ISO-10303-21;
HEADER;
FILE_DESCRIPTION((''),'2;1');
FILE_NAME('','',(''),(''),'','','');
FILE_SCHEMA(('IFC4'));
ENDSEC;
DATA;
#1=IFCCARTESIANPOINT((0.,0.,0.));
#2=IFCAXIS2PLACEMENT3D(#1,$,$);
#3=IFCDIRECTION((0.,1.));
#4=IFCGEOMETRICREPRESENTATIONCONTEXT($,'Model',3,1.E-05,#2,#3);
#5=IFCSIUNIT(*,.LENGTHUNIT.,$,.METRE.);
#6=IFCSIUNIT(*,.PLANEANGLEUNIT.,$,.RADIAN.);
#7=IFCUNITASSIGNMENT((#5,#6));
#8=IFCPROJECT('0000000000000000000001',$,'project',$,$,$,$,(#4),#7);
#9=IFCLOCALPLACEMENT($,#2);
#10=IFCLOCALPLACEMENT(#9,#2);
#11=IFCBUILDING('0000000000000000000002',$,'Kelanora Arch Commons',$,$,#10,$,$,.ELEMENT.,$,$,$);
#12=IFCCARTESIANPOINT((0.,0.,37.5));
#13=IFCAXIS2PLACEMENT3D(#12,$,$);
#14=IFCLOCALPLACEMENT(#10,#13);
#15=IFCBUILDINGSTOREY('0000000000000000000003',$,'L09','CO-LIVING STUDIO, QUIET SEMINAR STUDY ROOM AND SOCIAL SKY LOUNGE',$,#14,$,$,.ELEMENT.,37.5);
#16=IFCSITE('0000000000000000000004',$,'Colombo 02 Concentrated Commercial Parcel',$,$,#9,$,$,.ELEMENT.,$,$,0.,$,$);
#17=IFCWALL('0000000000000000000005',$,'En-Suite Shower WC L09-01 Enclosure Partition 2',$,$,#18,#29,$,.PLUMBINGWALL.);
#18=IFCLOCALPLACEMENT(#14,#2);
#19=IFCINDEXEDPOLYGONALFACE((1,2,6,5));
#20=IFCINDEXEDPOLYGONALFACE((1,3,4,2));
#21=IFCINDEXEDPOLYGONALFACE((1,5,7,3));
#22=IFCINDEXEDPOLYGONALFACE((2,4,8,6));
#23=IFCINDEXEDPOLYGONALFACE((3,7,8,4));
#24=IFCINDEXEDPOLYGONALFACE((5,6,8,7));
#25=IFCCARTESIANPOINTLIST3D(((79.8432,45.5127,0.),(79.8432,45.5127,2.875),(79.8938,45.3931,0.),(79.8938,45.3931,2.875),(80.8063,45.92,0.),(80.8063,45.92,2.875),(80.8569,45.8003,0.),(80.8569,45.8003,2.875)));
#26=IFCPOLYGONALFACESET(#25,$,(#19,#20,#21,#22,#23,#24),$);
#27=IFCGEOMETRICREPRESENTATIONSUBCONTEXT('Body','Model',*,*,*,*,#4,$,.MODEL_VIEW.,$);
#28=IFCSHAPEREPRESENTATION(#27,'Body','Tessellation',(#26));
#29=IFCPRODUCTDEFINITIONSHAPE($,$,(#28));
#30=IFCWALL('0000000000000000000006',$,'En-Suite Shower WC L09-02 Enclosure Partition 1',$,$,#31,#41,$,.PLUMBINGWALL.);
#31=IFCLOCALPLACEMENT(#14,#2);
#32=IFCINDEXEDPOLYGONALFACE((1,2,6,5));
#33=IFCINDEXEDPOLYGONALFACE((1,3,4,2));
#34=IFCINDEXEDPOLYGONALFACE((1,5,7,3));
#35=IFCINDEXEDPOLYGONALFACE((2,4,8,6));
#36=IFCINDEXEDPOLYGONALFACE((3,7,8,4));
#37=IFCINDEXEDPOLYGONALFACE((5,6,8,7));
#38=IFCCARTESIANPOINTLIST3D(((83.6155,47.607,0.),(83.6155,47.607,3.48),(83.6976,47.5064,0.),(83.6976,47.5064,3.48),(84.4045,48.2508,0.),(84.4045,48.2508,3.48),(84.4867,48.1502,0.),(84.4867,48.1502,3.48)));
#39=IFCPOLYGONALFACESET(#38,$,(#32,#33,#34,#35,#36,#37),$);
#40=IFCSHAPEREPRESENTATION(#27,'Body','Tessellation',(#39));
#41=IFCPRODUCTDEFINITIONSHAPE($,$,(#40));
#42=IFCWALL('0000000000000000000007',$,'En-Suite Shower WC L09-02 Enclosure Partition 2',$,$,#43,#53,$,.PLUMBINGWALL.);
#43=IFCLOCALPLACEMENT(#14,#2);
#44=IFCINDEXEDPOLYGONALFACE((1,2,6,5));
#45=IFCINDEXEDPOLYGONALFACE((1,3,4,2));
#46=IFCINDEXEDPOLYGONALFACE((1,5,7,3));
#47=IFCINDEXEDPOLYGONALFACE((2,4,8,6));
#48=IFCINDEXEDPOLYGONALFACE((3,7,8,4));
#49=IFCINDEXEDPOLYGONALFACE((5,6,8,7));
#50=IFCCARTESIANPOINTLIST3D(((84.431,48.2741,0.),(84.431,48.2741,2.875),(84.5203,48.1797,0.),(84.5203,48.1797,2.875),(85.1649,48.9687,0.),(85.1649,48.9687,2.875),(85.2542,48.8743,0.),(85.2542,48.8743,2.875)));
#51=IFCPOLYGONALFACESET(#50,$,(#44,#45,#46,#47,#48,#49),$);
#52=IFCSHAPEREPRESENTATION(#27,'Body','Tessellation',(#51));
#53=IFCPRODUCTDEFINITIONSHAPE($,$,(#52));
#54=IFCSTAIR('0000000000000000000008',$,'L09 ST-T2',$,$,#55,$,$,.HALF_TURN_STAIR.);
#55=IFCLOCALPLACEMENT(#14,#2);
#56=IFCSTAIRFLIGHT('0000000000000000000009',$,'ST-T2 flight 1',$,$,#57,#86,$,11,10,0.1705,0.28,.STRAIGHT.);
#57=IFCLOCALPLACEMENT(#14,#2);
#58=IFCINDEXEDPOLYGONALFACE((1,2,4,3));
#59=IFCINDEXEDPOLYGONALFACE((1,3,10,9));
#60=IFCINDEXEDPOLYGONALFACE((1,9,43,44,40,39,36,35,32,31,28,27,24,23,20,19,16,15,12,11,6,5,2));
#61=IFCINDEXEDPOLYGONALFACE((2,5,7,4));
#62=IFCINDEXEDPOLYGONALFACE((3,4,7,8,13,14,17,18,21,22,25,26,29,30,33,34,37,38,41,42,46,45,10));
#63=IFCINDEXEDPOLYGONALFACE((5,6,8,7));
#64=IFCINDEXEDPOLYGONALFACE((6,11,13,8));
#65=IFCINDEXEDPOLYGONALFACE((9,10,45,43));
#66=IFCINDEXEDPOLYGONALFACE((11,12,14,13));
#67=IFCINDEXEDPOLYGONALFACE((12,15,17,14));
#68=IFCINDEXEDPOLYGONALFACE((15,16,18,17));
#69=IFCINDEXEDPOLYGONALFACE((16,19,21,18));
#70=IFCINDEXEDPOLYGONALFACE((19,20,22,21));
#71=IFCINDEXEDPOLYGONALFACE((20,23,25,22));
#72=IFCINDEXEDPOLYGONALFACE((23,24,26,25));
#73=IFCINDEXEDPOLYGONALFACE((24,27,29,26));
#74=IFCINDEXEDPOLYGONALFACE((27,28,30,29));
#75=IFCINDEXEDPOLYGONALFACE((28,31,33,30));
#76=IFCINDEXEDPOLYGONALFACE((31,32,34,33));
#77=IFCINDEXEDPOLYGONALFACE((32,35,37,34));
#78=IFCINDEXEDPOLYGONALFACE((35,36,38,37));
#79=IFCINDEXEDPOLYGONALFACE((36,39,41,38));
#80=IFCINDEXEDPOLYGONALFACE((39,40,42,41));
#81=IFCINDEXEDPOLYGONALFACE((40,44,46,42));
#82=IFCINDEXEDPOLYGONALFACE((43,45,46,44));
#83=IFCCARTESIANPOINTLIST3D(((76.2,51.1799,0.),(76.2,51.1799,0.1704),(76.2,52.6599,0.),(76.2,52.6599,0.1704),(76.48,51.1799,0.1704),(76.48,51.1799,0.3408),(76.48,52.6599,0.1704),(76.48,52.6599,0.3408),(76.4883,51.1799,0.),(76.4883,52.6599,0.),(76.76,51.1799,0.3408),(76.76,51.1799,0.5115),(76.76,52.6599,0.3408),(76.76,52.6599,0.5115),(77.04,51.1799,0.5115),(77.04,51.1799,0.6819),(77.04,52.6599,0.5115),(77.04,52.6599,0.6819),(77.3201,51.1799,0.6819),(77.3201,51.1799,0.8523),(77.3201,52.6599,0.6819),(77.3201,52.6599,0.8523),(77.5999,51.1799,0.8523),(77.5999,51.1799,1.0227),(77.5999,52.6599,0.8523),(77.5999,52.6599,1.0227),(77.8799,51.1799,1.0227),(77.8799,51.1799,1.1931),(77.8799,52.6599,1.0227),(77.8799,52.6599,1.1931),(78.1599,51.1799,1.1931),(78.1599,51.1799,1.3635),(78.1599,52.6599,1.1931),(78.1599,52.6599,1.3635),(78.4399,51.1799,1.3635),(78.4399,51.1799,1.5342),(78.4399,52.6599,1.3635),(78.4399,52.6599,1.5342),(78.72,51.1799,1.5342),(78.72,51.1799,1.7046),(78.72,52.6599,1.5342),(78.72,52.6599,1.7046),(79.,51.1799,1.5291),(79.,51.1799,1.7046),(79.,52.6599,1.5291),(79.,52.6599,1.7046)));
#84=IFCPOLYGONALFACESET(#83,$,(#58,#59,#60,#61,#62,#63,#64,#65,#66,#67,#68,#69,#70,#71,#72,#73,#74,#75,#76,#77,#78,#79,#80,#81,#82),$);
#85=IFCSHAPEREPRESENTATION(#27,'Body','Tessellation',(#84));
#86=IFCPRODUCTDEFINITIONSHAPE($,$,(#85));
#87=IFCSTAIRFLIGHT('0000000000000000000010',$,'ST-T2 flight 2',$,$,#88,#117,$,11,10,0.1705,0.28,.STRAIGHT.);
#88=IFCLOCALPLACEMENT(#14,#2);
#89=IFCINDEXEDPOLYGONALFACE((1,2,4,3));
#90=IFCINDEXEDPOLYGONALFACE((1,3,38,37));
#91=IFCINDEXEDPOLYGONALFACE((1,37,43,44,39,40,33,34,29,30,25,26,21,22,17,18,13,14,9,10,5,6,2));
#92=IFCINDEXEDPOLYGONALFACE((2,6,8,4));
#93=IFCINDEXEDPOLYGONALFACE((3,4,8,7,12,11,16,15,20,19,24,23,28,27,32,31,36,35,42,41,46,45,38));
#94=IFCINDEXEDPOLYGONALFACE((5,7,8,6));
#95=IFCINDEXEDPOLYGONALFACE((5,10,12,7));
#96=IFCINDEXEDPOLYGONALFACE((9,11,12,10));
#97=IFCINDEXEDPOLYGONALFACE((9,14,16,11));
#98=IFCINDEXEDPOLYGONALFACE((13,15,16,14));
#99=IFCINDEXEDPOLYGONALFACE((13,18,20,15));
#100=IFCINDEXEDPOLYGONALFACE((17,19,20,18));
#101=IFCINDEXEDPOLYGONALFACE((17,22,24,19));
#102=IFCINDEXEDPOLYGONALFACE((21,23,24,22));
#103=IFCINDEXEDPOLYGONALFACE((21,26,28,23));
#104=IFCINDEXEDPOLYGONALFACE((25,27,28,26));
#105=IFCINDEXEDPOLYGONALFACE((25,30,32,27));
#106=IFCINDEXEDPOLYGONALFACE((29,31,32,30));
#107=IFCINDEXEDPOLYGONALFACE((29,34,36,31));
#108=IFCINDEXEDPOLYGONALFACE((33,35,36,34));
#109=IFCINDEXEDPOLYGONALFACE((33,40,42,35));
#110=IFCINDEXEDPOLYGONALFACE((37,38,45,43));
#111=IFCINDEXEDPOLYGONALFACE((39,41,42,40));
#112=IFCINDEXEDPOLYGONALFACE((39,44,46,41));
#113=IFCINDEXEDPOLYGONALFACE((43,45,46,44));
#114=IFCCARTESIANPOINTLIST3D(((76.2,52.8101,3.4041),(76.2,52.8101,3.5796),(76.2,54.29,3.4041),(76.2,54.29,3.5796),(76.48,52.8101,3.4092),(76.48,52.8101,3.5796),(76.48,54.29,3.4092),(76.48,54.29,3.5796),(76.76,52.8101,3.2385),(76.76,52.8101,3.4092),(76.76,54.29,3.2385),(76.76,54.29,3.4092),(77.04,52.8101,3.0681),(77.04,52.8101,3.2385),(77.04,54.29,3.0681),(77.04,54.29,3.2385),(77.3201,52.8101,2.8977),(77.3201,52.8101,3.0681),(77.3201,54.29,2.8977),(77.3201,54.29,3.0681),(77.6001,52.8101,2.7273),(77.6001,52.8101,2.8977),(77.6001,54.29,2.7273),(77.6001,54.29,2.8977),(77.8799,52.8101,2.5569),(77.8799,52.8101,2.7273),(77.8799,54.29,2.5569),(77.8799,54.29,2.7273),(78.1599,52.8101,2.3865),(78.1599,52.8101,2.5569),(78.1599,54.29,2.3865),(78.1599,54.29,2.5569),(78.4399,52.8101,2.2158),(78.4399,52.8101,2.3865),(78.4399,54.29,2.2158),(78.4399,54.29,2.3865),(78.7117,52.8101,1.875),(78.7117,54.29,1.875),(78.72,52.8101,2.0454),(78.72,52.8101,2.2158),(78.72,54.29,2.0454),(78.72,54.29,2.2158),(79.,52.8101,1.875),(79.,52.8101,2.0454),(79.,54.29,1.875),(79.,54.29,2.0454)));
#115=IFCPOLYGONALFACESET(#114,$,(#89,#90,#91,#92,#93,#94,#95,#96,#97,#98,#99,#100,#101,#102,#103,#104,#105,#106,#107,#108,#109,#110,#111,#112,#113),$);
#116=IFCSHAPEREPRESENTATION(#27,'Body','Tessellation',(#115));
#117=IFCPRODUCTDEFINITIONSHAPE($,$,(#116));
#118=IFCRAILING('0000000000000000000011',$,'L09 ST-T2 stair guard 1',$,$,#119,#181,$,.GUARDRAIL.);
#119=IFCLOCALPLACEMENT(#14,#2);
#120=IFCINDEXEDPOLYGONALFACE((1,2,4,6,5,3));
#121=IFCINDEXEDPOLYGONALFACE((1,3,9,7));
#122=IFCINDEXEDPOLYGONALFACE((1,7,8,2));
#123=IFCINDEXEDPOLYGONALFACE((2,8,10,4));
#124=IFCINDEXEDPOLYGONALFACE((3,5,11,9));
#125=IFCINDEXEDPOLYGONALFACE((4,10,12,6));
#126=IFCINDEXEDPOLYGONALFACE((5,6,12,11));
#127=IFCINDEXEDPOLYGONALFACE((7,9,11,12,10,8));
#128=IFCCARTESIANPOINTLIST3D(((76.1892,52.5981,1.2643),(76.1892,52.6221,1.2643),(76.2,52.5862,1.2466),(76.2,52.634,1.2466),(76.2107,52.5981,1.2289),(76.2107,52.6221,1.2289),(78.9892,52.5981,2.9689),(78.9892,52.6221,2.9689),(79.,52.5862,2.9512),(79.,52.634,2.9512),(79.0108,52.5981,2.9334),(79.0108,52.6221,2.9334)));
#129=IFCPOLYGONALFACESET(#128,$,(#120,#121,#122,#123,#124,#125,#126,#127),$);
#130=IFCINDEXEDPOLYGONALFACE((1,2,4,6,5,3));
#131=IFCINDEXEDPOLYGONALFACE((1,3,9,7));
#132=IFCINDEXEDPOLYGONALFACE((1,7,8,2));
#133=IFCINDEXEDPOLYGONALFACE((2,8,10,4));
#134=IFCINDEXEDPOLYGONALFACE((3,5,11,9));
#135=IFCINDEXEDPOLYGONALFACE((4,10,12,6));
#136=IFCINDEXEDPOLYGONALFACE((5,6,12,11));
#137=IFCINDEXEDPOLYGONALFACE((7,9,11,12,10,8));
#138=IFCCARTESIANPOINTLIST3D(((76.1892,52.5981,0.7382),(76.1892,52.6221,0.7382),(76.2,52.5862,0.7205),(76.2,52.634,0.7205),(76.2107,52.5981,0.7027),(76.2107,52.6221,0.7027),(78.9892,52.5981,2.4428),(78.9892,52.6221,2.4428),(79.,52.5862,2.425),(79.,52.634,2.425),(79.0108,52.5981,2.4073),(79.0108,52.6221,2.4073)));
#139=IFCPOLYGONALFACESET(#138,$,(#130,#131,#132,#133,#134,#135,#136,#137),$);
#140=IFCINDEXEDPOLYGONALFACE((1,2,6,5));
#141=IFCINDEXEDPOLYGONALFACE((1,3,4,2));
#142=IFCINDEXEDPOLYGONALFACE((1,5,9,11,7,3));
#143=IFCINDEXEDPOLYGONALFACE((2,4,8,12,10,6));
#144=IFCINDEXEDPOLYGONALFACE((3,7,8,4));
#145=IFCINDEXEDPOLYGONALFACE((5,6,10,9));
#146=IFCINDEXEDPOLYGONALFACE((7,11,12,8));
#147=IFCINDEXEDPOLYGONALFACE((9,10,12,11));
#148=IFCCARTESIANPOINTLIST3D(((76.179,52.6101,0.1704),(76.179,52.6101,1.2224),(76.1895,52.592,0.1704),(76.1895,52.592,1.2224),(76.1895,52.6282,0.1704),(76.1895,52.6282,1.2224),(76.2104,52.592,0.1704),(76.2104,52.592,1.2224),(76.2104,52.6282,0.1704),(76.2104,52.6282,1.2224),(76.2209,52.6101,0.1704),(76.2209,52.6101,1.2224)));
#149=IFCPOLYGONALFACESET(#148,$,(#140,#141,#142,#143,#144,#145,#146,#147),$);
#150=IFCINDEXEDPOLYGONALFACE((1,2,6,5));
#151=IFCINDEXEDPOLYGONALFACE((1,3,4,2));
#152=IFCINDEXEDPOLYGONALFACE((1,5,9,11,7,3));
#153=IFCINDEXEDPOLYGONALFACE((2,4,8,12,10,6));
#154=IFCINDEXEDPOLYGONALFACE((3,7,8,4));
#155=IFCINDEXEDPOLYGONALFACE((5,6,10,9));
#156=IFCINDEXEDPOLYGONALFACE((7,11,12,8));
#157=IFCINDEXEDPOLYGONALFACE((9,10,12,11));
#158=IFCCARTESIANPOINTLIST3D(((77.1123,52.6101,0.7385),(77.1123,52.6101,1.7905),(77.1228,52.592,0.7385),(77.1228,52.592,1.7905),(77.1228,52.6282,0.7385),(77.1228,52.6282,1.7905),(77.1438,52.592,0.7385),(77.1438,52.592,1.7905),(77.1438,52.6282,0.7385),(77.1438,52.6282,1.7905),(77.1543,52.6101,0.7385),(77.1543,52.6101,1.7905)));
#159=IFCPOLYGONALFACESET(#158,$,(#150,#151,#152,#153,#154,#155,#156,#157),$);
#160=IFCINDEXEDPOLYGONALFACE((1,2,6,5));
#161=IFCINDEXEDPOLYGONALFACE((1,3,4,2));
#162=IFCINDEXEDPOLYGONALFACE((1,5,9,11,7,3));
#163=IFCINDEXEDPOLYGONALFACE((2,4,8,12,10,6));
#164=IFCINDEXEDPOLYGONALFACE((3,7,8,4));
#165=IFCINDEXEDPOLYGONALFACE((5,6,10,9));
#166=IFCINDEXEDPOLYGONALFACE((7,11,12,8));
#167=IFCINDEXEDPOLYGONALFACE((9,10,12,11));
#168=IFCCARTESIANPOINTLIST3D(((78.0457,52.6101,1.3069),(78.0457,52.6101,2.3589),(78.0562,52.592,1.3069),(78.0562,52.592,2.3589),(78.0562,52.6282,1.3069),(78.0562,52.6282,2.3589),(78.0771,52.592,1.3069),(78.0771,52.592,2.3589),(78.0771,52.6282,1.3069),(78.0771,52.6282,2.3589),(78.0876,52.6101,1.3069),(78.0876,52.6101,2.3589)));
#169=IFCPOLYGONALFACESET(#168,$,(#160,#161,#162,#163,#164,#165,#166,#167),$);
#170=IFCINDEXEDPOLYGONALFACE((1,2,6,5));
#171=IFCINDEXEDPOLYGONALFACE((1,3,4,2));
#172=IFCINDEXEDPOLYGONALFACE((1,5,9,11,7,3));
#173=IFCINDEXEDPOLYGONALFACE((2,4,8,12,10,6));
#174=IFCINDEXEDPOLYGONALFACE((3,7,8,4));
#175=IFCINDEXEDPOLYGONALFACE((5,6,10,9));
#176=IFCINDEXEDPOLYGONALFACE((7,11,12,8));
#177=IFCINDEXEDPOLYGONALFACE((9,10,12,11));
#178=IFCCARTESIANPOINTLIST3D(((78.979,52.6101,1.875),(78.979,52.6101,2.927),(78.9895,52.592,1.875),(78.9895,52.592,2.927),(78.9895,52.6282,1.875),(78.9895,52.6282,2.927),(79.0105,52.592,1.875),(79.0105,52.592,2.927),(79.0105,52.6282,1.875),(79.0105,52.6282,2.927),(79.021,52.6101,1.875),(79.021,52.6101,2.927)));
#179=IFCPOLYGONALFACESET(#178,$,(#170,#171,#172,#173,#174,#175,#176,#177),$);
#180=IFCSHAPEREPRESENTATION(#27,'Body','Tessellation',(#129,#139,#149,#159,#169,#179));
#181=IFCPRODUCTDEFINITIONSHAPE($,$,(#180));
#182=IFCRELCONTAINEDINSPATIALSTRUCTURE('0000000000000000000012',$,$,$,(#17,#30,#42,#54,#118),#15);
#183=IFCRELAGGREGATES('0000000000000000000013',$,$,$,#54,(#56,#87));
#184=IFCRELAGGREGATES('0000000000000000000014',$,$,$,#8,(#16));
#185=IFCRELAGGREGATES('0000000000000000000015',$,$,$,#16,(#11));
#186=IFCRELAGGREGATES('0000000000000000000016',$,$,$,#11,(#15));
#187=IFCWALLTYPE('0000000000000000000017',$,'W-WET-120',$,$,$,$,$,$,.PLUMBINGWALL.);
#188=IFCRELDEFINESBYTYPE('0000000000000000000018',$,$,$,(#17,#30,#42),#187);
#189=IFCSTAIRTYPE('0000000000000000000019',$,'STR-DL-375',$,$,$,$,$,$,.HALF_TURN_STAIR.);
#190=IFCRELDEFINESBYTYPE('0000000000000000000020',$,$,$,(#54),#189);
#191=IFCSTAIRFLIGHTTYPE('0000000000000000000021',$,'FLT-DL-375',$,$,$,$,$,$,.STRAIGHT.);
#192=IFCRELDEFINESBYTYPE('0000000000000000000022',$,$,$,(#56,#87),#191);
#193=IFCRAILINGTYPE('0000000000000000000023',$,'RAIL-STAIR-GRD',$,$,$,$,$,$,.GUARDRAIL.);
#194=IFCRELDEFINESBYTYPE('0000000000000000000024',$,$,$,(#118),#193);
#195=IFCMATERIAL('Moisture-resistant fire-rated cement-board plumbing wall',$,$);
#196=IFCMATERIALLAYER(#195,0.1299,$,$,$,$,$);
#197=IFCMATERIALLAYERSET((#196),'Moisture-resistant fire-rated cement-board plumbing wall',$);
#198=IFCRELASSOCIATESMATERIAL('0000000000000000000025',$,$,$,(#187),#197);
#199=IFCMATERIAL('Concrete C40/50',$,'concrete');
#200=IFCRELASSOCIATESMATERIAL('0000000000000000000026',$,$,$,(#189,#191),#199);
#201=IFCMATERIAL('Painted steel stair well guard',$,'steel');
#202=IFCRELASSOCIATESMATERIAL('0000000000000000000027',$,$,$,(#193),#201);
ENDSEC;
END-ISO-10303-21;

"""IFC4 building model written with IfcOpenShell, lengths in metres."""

from ifc_helpers import new_model, si_unit, direction, frame, frame_2d, origin, place, context, subcontext, project, spatial, polyline, rectangle, outline, extrude, material, layer, layer_set, type_object, element, aggregate, save


model = new_model("IFC4")

# Units and contexts
model_context = context("Model", 3, precision=1e-05, world=origin(), true_north=direction((0.0, 1.0)))
body_context = subcontext(model_context, "Body", "Model", "MODEL_VIEW")
ifc_project = project(units=[si_unit("LENGTHUNIT", "METRE"), si_unit("PLANEANGLEUNIT", "RADIAN")], contexts=[model_context])

# Site, building, storey
site_placement = place(None, origin())
site = spatial("IfcSite", under=ifc_project, at=site_placement, Name="Colombo 02 Concentrated Commercial Parcel", CompositionType="ELEMENT", RefElevation=0.0)
building_placement = place(site_placement, origin())
building = spatial("IfcBuilding", under=site, at=building_placement, Name="Kelanora Arch Commons", CompositionType="ELEMENT")
storey_placement = place(building_placement, frame((0.0, 0.0, 37.5)))
storey = spatial("IfcBuildingStorey", under=building, at=storey_placement, Name="L09", Description="CO-LIVING STUDIO, QUIET SEMINAR STUDY ROOM AND SOCIAL SKY LOUNGE", CompositionType="ELEMENT", Elevation=37.5)

# Shared definitions
ifc_material_1 = material(Name="Concrete C40/50", Category="concrete")

# Shared definitions
ifc_material_2 = material(Name="Moisture-resistant fire-rated cement-board plumbing wall")
ifc_layer_1 = layer(ifc_material_2, 0.1299)
ifc_layer_set_1 = layer_set([ifc_layer_1], Name="Moisture-resistant fire-rated cement-board plumbing wall")
wall_type_1 = type_object("IfcWallType", Name="W-WET-120", PredefinedType="PLUMBINGWALL", material=ifc_layer_set_1)

# Walls
wall_1_placement = place(storey_placement, frame((79.8684, 45.4529, 0.0), z_axis=(0.0, 0.0, 1.0), x_axis=(0.921054, 0.389434, 0.0)))
element("IfcWall", 1, at=wall_1_placement, inside=storey, type_object=wall_type_1, Name="En-Suite Shower WC L09-01 Enclosure Partition 2", PredefinedType="PLUMBINGWALL", context=body_context, shape_type="SweptSolid", body=[
    extrude(rectangle(XDim=1.0457, YDim=0.1299, at=frame_2d((0.5229, 0.0))), origin(), (0.0, 0.0, 1.0), 2.875),
])
wall_2_placement = place(storey_placement, frame((83.6565, 47.5566, 0.0), z_axis=(0.0, 0.0, 1.0), x_axis=(0.774822, 0.63218, 0.0)))
element("IfcWall", 2, at=wall_2_placement, inside=storey, type_object=wall_type_1, Name="En-Suite Shower WC L09-02 Enclosure Partition 1", PredefinedType="PLUMBINGWALL", context=body_context, shape_type="SweptSolid", body=[
    extrude(rectangle(XDim=1.0183, YDim=0.1299, at=frame_2d((0.5093, 0.0))), origin(), (0.0, 0.0, 1.0), 3.48),
])
wall_3_placement = place(storey_placement, frame((84.4756, 48.2268, 0.0), z_axis=(0.0, 0.0, 1.0), x_axis=(0.726289, 0.687389, 0.0)))
element("IfcWall", 3, at=wall_3_placement, inside=storey, type_object=wall_type_1, Name="En-Suite Shower WC L09-02 Enclosure Partition 2", PredefinedType="PLUMBINGWALL", context=body_context, shape_type="SweptSolid", body=[
    extrude(rectangle(XDim=1.0105, YDim=0.1299, at=frame_2d((0.5054, 0.0))), origin(), (0.0, 0.0, 1.0), 2.875),
])

# Stair, stair flights
stair_type = type_object("IfcStairType", Name="STR-DL-375", PredefinedType="HALF_TURN_STAIR", material=ifc_material_1)
stair_placement = place(storey_placement, origin())
stair = element("IfcStair", 4, at=stair_placement, inside=storey, type_object=stair_type, Name="L09 ST-T2", PredefinedType="HALF_TURN_STAIR")
stair_flight_type = type_object("IfcStairFlightType", Name="FLT-DL-375", PredefinedType="STRAIGHT", material=ifc_material_1)
stair_flight_1_placement = place(storey_placement, frame((76.2, 51.9199, 0.0), z_axis=(0.0, 0.0, 1.0), x_axis=(1.0, 0.0, 0.0)))
stair_flight_1 = element("IfcStairFlight", 5, at=stair_flight_1_placement, type_object=stair_flight_type, Name="ST-T2 flight 1", NumberOfRisers=11, NumberOfTreads=10, PredefinedType="STRAIGHT", RiserHeight=0.1705, TreadLength=0.28, context=body_context, shape_type="SweptSolid", body=[
    extrude(outline(polyline([(0.0, 0.0), (0.0, 0.1704), (0.28, 0.1704), (0.28, 0.3408), (0.5601, 0.3408), (0.5601, 0.5115), (0.8401, 0.5115), (0.8401, 0.6819), (1.1201, 0.6819), (1.1201, 0.8523), (1.3999, 0.8523), (1.3999, 1.0227), (1.6799, 1.0227), (1.6799, 1.1931), (1.96, 1.1931), (1.96, 1.3635), (2.24, 1.3635), (2.24, 1.5342), (2.52, 1.5342), (2.52, 1.7046), (2.8, 1.7046), (2.8, 1.875), (2.8, 1.5291), (0.2883, 0.0), (0.0, 0.0)])), frame((0.0, 0.74, 0.0), z_axis=(0.0, -1.0, 0.0), x_axis=(1.0, 0.0, 0.0)), (0.0, 0.0, 1.0), 1.48),
])
stair_flight_2_placement = place(storey_placement, frame((79.0, 53.55, 1.875), z_axis=(0.0, 0.0, 1.0), x_axis=(-1.0, 0.0, 0.0)))
stair_flight_2 = element("IfcStairFlight", 6, at=stair_flight_2_placement, type_object=stair_flight_type, Name="ST-T2 flight 2", NumberOfRisers=11, NumberOfTreads=10, PredefinedType="STRAIGHT", RiserHeight=0.1705, TreadLength=0.28, context=body_context, shape_type="SweptSolid", body=[
    extrude(outline(polyline([(0.0, 0.0), (0.0, 0.1704), (0.28, 0.1704), (0.28, 0.3408), (0.5601, 0.3408), (0.5601, 0.5115), (0.8401, 0.5115), (0.8401, 0.6819), (1.1201, 0.6819), (1.1201, 0.8523), (1.3999, 0.8523), (1.3999, 1.0227), (1.6799, 1.0227), (1.6799, 1.1931), (1.96, 1.1931), (1.96, 1.3635), (2.24, 1.3635), (2.24, 1.5342), (2.52, 1.5342), (2.52, 1.7046), (2.8, 1.7046), (2.8, 1.875), (2.8, 1.5291), (0.2883, 0.0), (0.0, 0.0)])), frame((0.0, 0.74, 0.0), z_axis=(0.0, -1.0, 0.0), x_axis=(1.0, 0.0, 0.0)), (0.0, 0.0, 1.0), 1.48),
])
aggregate(stair, [stair_flight_1, stair_flight_2])

# Railing
ifc_material_3 = material(Name="Painted steel stair well guard", Category="steel")
railing_type_1 = type_object("IfcRailingType", Name="RAIL-STAIR-GRD", PredefinedType="GUARDRAIL", material=ifc_material_3)
railing_1_placement = place(storey_placement, frame((76.2, 52.6101, 0.1704)))
element("IfcRailing", 7, at=railing_1_placement, inside=storey, type_object=railing_type_1, Name="L09 ST-T2 stair guard 1", PredefinedType="GUARDRAIL", context=body_context, shape_type="SweptSolid", body=[
    extrude(outline(polyline([(0.0239, 0.0), (0.012, 0.0208), (-0.012, 0.0208), (-0.0239, 0.0), (-0.012, -0.0208), (0.012, -0.0208), (0.0239, 0.0)])), frame((0.0, 0.0, 1.0762), z_axis=(0.85417, 0.0, 0.519994), x_axis=(0.0, 1.0, 0.0)), (0.0, 0.0, 1.0), 3.2781),
    extrude(outline(polyline([(0.0239, 0.0), (0.012, 0.0208), (-0.012, 0.0208), (-0.0239, 0.0), (-0.012, -0.0208), (0.012, -0.0208), (0.0239, 0.0)])), frame((0.0, 0.0, 0.55), z_axis=(0.85417, 0.0, 0.519994), x_axis=(0.0, 1.0, 0.0)), (0.0, 0.0, 1.0), 3.2781),
    extrude(outline(polyline([(0.021, 0.0), (0.0105, 0.0181), (-0.0105, 0.0181), (-0.021, 0.0), (-0.0105, -0.0181), (0.0105, -0.0181), (0.021, 0.0)])), origin(), (0.0, 0.0, 1.0), 1.052),
    extrude(outline(polyline([(0.021, 0.0), (0.0105, 0.0181), (-0.0105, 0.0181), (-0.021, 0.0), (-0.0105, -0.0181), (0.0105, -0.0181), (0.021, 0.0)])), frame((0.9333, 0.0, 0.5681)), (0.0, 0.0, 1.0), 1.052),
    extrude(outline(polyline([(0.021, 0.0), (0.0105, 0.0181), (-0.0105, 0.0181), (-0.021, 0.0), (-0.0105, -0.0181), (0.0105, -0.0181), (0.021, 0.0)])), frame((1.8667, 0.0, 1.1365)), (0.0, 0.0, 1.0), 1.052),
    extrude(outline(polyline([(0.021, 0.0), (0.0105, 0.0181), (-0.0105, 0.0181), (-0.021, 0.0), (-0.0105, -0.0181), (0.0105, -0.0181), (0.021, 0.0)])), frame((2.8, 0.0, 1.7046)), (0.0, 0.0, 1.0), 1.052),
])

save(model, "model.ifc")
